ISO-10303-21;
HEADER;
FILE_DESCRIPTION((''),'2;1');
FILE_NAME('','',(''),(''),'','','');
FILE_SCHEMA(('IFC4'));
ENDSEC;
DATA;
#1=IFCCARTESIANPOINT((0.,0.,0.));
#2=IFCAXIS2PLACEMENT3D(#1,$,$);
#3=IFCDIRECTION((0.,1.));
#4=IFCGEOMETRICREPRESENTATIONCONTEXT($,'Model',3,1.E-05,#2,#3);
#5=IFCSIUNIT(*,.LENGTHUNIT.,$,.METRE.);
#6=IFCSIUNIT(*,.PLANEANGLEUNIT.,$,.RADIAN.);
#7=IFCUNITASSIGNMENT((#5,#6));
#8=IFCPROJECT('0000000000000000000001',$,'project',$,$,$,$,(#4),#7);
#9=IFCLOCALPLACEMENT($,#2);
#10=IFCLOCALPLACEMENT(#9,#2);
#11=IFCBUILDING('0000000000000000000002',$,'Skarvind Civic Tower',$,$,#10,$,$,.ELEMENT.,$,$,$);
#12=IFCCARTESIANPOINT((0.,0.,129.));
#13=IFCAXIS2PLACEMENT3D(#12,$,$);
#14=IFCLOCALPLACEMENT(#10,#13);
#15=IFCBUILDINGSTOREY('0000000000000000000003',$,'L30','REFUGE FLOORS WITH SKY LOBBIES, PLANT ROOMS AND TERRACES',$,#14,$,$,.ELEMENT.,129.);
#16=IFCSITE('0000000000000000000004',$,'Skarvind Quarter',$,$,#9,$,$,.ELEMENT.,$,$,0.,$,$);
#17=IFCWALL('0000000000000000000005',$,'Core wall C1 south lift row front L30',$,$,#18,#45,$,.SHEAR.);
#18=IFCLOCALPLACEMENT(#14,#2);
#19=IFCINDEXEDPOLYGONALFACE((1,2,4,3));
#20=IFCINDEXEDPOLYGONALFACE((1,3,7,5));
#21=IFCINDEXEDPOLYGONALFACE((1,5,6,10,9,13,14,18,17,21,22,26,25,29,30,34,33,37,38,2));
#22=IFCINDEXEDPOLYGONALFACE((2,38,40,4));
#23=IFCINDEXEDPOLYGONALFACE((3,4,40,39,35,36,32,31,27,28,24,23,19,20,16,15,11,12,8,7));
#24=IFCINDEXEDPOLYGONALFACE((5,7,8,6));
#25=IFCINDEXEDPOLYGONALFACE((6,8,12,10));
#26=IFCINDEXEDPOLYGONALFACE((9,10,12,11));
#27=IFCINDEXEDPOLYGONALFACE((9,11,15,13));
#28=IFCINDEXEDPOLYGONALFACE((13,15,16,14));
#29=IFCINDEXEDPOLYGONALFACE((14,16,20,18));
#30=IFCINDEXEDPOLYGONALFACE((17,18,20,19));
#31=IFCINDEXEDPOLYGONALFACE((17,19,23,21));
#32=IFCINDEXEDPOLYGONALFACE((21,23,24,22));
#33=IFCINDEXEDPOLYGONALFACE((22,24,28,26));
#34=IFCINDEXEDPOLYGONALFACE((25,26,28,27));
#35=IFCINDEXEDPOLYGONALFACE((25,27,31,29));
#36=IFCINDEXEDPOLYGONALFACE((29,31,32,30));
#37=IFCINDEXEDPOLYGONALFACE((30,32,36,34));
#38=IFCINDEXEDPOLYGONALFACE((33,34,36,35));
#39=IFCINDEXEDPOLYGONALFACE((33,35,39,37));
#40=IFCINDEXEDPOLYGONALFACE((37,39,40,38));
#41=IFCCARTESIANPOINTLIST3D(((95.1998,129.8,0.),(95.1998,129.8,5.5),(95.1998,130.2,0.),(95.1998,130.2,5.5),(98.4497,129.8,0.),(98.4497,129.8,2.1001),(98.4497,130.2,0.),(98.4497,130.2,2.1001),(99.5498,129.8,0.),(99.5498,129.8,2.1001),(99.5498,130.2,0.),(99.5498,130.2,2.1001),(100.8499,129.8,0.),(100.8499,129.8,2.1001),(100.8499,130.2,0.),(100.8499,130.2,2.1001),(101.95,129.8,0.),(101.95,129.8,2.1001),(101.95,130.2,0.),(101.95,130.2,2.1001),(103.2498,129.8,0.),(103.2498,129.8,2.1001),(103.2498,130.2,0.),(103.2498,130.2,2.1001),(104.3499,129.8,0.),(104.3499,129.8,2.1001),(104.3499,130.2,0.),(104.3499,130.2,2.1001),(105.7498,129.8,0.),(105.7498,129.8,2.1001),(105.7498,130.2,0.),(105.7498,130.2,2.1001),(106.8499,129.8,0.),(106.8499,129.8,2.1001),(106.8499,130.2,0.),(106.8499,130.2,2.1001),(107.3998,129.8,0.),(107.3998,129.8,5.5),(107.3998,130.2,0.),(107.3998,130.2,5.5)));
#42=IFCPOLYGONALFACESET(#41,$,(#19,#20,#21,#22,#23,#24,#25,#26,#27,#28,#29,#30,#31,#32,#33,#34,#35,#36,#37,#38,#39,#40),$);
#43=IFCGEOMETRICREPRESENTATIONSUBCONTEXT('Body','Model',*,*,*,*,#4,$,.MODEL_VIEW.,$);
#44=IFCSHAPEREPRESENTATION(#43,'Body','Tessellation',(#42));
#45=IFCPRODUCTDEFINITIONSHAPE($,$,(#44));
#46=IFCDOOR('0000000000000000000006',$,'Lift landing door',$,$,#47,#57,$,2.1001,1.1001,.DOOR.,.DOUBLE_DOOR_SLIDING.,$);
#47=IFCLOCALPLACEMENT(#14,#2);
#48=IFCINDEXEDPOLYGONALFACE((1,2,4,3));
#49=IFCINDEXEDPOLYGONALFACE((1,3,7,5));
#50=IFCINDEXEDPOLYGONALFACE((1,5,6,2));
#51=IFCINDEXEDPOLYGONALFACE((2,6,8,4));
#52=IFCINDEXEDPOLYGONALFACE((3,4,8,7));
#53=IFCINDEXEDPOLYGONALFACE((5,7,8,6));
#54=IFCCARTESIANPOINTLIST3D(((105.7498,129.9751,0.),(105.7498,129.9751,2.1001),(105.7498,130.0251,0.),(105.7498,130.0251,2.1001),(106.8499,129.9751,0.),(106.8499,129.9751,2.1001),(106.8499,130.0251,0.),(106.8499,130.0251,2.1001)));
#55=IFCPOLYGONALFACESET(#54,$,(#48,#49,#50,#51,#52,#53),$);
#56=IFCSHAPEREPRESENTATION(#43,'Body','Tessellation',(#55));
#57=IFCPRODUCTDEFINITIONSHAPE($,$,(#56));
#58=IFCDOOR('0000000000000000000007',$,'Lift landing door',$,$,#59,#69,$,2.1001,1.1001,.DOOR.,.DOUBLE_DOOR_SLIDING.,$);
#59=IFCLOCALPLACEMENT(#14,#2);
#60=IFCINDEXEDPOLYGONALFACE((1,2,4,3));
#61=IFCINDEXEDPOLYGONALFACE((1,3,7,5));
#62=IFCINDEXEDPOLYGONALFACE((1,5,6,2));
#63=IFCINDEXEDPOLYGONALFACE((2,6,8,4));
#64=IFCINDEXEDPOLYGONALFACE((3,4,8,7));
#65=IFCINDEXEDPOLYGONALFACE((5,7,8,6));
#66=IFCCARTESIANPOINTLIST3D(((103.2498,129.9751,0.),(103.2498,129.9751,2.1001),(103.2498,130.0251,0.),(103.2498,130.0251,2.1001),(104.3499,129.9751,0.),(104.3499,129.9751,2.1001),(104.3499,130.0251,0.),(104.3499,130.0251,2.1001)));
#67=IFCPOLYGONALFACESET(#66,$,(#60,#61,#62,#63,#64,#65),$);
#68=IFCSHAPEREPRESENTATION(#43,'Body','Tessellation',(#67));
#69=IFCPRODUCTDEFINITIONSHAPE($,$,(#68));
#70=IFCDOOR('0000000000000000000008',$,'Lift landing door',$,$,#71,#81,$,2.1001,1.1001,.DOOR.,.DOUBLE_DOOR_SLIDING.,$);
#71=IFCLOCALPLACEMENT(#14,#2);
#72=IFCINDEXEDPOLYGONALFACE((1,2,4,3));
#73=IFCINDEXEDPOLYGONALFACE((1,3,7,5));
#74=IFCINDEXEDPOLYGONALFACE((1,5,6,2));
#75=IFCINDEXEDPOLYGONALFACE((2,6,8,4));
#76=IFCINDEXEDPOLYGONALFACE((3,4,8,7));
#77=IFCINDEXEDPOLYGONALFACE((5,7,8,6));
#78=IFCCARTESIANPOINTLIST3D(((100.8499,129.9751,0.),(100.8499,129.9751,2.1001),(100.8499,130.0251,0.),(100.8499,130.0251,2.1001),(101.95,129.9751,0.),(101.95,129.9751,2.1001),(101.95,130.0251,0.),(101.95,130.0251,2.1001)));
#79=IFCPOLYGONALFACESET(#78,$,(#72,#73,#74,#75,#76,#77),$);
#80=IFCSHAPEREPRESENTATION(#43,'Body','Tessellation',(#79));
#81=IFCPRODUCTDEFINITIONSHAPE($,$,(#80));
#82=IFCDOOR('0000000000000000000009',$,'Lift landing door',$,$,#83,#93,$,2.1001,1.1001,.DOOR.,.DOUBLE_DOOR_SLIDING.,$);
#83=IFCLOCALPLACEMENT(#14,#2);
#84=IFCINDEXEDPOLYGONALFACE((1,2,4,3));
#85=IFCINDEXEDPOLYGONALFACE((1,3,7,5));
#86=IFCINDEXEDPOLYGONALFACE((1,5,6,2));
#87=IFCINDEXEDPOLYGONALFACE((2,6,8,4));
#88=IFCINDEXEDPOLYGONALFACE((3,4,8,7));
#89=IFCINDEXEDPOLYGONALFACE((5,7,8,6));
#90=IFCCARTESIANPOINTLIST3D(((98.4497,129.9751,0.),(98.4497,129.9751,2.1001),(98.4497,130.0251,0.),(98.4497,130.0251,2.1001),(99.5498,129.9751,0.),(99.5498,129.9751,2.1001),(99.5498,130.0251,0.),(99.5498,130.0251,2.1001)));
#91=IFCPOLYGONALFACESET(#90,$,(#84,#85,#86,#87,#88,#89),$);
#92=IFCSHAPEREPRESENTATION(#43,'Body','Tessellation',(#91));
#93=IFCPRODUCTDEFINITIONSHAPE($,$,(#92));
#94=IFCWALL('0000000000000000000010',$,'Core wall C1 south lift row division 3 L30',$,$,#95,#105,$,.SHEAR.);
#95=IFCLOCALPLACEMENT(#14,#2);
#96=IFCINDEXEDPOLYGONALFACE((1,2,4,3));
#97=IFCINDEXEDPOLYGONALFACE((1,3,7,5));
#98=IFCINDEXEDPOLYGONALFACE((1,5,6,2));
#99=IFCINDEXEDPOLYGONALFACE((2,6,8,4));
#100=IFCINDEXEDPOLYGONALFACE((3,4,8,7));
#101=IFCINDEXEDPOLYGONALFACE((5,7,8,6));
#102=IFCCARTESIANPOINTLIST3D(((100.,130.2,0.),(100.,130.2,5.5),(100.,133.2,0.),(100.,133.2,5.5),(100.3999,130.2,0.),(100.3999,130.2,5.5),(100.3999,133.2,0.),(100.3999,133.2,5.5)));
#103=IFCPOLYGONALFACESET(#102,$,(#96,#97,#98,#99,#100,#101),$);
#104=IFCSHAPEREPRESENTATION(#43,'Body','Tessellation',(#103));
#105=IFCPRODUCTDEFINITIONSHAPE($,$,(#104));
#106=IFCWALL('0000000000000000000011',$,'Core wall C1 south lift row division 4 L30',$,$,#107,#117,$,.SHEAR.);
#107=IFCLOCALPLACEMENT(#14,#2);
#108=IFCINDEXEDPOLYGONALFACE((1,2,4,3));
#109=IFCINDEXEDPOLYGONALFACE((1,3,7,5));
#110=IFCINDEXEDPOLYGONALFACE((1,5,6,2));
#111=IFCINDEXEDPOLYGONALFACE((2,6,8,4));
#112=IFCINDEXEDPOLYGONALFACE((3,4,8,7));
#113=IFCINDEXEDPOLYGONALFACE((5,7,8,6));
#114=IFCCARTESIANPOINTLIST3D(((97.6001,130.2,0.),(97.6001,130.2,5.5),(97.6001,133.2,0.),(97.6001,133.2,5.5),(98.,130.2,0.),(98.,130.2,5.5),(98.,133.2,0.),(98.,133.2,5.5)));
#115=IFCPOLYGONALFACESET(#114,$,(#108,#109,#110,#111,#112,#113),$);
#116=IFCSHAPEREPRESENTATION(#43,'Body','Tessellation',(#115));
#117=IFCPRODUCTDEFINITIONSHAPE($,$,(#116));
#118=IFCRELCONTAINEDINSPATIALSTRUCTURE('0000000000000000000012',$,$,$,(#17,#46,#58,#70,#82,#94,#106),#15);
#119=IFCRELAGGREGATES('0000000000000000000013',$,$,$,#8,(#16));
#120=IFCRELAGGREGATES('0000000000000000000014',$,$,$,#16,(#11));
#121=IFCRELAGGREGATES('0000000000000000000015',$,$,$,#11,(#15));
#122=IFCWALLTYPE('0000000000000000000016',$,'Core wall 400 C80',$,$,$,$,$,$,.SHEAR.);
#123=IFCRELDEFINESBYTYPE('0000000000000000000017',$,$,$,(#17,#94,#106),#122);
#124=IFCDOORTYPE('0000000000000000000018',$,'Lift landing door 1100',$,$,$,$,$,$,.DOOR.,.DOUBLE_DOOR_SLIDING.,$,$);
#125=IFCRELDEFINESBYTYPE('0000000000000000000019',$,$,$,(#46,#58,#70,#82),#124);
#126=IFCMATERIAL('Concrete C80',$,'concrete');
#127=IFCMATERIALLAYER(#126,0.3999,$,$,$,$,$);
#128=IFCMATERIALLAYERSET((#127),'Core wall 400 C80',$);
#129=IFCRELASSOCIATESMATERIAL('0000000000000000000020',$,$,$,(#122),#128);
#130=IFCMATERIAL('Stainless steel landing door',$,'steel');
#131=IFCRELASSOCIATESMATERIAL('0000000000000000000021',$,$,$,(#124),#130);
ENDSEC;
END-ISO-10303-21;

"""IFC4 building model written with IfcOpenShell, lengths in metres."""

from ifc_helpers import new_model, si_unit, direction, frame, frame_2d, origin, place, context, subcontext, project, spatial, rectangle, extrude, material, layer, layer_set, type_object, element, fill, save


model = new_model("IFC4")

# Units and contexts
model_context = context("Model", 3, precision=1e-05, world=origin(), true_north=direction((0.0, 1.0)))
body_context = subcontext(model_context, "Body", "Model", "MODEL_VIEW")
ifc_project = project(units=[si_unit("LENGTHUNIT", "METRE"), si_unit("PLANEANGLEUNIT", "RADIAN")], contexts=[model_context])

# Site, building, storey
site_placement = place(None, origin())
site = spatial("IfcSite", under=ifc_project, at=site_placement, Name="Skarvind Quarter", CompositionType="ELEMENT", RefElevation=0.0)
building_placement = place(site_placement, origin())
building = spatial("IfcBuilding", under=site, at=building_placement, Name="Skarvind Civic Tower", CompositionType="ELEMENT")
storey_placement = place(building_placement, frame((0.0, 0.0, 129.0)))
storey = spatial("IfcBuildingStorey", under=building, at=storey_placement, Name="L30", Description="REFUGE FLOORS WITH SKY LOBBIES, PLANT ROOMS AND TERRACES", CompositionType="ELEMENT", Elevation=129.0)

# Wall, openings, doors
ifc_material_1 = material(Name="Concrete C80", Category="concrete")
ifc_layer_1 = layer(ifc_material_1, 0.3999)
ifc_layer_set_1 = layer_set([ifc_layer_1], Name="Core wall 400 C80")
wall_type_1 = type_object("IfcWallType", Name="Core wall 400 C80", PredefinedType="SHEAR", material=ifc_layer_set_1)
wall_1_placement = place(storey_placement, frame((107.3999, 130.0, 0.0), z_axis=(0.0, 0.0, 1.0), x_axis=(-1.0, 0.0, 0.0)))
wall_1 = element("IfcWall", 1, at=wall_1_placement, inside=storey, type_object=wall_type_1, Name="Core wall C1 south lift row front L30", PredefinedType="SHEAR", context=body_context, shape_type="SweptSolid", body=[
    extrude(rectangle(XDim=12.2, YDim=0.3999, at=frame_2d((6.1001, 0.0))), origin(), (0.0, 0.0, 1.0), 5.5),
])
opening_1_placement = place(wall_1_placement, frame((0.55, 0.0, 0.0)))
opening_1 = element("IfcOpeningElement", 2, at=opening_1_placement, cuts=wall_1, PredefinedType="OPENING", context=body_context, shape_type="SweptSolid", body=[
    extrude(rectangle(XDim=1.1001, YDim=2.1001, at=frame_2d((0.55, 1.05))), frame((0.0, 0.21, 0.0), z_axis=(0.0, -1.0, 0.0), x_axis=(1.0, 0.0, 0.0)), (0.0, 0.0, 1.0), 0.4199),
])
opening_2_placement = place(wall_1_placement, frame((3.05, 0.0, 0.0)))
opening_2 = element("IfcOpeningElement", 3, at=opening_2_placement, cuts=wall_1, PredefinedType="OPENING", context=body_context, shape_type="SweptSolid", body=[
    extrude(rectangle(XDim=1.1001, YDim=2.1001, at=frame_2d((0.55, 1.05))), frame((0.0, 0.21, 0.0), z_axis=(0.0, -1.0, 0.0), x_axis=(1.0, 0.0, 0.0)), (0.0, 0.0, 1.0), 0.4199),
])
opening_3_placement = place(wall_1_placement, frame((5.45, 0.0, 0.0)))
opening_3 = element("IfcOpeningElement", 4, at=opening_3_placement, cuts=wall_1, PredefinedType="OPENING", context=body_context, shape_type="SweptSolid", body=[
    extrude(rectangle(XDim=1.1001, YDim=2.1001, at=frame_2d((0.55, 1.05))), frame((0.0, 0.21, 0.0), z_axis=(0.0, -1.0, 0.0), x_axis=(1.0, 0.0, 0.0)), (0.0, 0.0, 1.0), 0.4199),
])
opening_4_placement = place(wall_1_placement, frame((7.8501, 0.0, 0.0)))
opening_4 = element("IfcOpeningElement", 5, at=opening_4_placement, cuts=wall_1, PredefinedType="OPENING", context=body_context, shape_type="SweptSolid", body=[
    extrude(rectangle(XDim=1.1001, YDim=2.1001, at=frame_2d((0.55, 1.05))), frame((0.0, 0.21, 0.0), z_axis=(0.0, -1.0, 0.0), x_axis=(1.0, 0.0, 0.0)), (0.0, 0.0, 1.0), 0.4199),
])
ifc_material_2 = material(Name="Stainless steel landing door", Category="steel")
door_type_1 = type_object("IfcDoorType", Name="Lift landing door 1100", OperationType="DOUBLE_DOOR_SLIDING", PredefinedType="DOOR", material=ifc_material_2)
door_1_placement = place(opening_1_placement, origin())
door_1 = element("IfcDoor", 6, at=door_1_placement, inside=storey, type_object=door_type_1, Name="Lift landing door", OperationType="DOUBLE_DOOR_SLIDING", OverallHeight=2.1001, OverallWidth=1.1001, PredefinedType="DOOR", context=body_context, shape_type="SweptSolid", body=[
    extrude(rectangle(XDim=1.1001, YDim=2.1001, at=frame_2d((0.55, 1.05))), frame((0.0, 0.0249, 0.0), z_axis=(0.0, -1.0, 0.0), x_axis=(1.0, 0.0, 0.0)), (0.0, 0.0, 1.0), 0.05),
])
fill(opening_1, door_1)
door_2_placement = place(opening_2_placement, origin())
door_2 = element("IfcDoor", 7, at=door_2_placement, inside=storey, type_object=door_type_1, Name="Lift landing door", OperationType="DOUBLE_DOOR_SLIDING", OverallHeight=2.1001, OverallWidth=1.1001, PredefinedType="DOOR", context=body_context, shape_type="SweptSolid", body=[
    extrude(rectangle(XDim=1.1001, YDim=2.1001, at=frame_2d((0.55, 1.05))), frame((0.0, 0.0249, 0.0), z_axis=(0.0, -1.0, 0.0), x_axis=(1.0, 0.0, 0.0)), (0.0, 0.0, 1.0), 0.05),
])
fill(opening_2, door_2)
door_3_placement = place(opening_3_placement, origin())
door_3 = element("IfcDoor", 8, at=door_3_placement, inside=storey, type_object=door_type_1, Name="Lift landing door", OperationType="DOUBLE_DOOR_SLIDING", OverallHeight=2.1001, OverallWidth=1.1001, PredefinedType="DOOR", context=body_context, shape_type="SweptSolid", body=[
    extrude(rectangle(XDim=1.1001, YDim=2.1001, at=frame_2d((0.55, 1.05))), frame((0.0, 0.0249, 0.0), z_axis=(0.0, -1.0, 0.0), x_axis=(1.0, 0.0, 0.0)), (0.0, 0.0, 1.0), 0.05),
])
fill(opening_3, door_3)
door_4_placement = place(opening_4_placement, origin())
door_4 = element("IfcDoor", 9, at=door_4_placement, inside=storey, type_object=door_type_1, Name="Lift landing door", OperationType="DOUBLE_DOOR_SLIDING", OverallHeight=2.1001, OverallWidth=1.1001, PredefinedType="DOOR", context=body_context, shape_type="SweptSolid", body=[
    extrude(rectangle(XDim=1.1001, YDim=2.1001, at=frame_2d((0.55, 1.05))), frame((0.0, 0.0249, 0.0), z_axis=(0.0, -1.0, 0.0), x_axis=(1.0, 0.0, 0.0)), (0.0, 0.0, 1.0), 0.05),
])
fill(opening_4, door_4)

# Walls
for number, where, z_axis, x_axis, name in (
    (10, (100.2, 133.2, 0.0), (0.0, 0.0, 1.0), (0.0, -1.0, 0.0), "Core wall C1 south lift row division 3 L30"),
    (11, (97.8, 133.2, 0.0), (0.0, 0.0, 1.0), (0.0, -1.0, 0.0), "Core wall C1 south lift row division 4 L30"),
):
    element("IfcWall", number, at=place(storey_placement, frame(where, z_axis=z_axis, x_axis=x_axis)), inside=storey, type_object=wall_type_1, Name=name, PredefinedType="SHEAR", context=body_context, shape_type="SweptSolid", body=[
        extrude(rectangle(XDim=3.0, YDim=0.3999, at=frame_2d((1.5, 0.0))), origin(), (0.0, 0.0, 1.0), 5.5),
    ])

save(model, "model.ifc")
